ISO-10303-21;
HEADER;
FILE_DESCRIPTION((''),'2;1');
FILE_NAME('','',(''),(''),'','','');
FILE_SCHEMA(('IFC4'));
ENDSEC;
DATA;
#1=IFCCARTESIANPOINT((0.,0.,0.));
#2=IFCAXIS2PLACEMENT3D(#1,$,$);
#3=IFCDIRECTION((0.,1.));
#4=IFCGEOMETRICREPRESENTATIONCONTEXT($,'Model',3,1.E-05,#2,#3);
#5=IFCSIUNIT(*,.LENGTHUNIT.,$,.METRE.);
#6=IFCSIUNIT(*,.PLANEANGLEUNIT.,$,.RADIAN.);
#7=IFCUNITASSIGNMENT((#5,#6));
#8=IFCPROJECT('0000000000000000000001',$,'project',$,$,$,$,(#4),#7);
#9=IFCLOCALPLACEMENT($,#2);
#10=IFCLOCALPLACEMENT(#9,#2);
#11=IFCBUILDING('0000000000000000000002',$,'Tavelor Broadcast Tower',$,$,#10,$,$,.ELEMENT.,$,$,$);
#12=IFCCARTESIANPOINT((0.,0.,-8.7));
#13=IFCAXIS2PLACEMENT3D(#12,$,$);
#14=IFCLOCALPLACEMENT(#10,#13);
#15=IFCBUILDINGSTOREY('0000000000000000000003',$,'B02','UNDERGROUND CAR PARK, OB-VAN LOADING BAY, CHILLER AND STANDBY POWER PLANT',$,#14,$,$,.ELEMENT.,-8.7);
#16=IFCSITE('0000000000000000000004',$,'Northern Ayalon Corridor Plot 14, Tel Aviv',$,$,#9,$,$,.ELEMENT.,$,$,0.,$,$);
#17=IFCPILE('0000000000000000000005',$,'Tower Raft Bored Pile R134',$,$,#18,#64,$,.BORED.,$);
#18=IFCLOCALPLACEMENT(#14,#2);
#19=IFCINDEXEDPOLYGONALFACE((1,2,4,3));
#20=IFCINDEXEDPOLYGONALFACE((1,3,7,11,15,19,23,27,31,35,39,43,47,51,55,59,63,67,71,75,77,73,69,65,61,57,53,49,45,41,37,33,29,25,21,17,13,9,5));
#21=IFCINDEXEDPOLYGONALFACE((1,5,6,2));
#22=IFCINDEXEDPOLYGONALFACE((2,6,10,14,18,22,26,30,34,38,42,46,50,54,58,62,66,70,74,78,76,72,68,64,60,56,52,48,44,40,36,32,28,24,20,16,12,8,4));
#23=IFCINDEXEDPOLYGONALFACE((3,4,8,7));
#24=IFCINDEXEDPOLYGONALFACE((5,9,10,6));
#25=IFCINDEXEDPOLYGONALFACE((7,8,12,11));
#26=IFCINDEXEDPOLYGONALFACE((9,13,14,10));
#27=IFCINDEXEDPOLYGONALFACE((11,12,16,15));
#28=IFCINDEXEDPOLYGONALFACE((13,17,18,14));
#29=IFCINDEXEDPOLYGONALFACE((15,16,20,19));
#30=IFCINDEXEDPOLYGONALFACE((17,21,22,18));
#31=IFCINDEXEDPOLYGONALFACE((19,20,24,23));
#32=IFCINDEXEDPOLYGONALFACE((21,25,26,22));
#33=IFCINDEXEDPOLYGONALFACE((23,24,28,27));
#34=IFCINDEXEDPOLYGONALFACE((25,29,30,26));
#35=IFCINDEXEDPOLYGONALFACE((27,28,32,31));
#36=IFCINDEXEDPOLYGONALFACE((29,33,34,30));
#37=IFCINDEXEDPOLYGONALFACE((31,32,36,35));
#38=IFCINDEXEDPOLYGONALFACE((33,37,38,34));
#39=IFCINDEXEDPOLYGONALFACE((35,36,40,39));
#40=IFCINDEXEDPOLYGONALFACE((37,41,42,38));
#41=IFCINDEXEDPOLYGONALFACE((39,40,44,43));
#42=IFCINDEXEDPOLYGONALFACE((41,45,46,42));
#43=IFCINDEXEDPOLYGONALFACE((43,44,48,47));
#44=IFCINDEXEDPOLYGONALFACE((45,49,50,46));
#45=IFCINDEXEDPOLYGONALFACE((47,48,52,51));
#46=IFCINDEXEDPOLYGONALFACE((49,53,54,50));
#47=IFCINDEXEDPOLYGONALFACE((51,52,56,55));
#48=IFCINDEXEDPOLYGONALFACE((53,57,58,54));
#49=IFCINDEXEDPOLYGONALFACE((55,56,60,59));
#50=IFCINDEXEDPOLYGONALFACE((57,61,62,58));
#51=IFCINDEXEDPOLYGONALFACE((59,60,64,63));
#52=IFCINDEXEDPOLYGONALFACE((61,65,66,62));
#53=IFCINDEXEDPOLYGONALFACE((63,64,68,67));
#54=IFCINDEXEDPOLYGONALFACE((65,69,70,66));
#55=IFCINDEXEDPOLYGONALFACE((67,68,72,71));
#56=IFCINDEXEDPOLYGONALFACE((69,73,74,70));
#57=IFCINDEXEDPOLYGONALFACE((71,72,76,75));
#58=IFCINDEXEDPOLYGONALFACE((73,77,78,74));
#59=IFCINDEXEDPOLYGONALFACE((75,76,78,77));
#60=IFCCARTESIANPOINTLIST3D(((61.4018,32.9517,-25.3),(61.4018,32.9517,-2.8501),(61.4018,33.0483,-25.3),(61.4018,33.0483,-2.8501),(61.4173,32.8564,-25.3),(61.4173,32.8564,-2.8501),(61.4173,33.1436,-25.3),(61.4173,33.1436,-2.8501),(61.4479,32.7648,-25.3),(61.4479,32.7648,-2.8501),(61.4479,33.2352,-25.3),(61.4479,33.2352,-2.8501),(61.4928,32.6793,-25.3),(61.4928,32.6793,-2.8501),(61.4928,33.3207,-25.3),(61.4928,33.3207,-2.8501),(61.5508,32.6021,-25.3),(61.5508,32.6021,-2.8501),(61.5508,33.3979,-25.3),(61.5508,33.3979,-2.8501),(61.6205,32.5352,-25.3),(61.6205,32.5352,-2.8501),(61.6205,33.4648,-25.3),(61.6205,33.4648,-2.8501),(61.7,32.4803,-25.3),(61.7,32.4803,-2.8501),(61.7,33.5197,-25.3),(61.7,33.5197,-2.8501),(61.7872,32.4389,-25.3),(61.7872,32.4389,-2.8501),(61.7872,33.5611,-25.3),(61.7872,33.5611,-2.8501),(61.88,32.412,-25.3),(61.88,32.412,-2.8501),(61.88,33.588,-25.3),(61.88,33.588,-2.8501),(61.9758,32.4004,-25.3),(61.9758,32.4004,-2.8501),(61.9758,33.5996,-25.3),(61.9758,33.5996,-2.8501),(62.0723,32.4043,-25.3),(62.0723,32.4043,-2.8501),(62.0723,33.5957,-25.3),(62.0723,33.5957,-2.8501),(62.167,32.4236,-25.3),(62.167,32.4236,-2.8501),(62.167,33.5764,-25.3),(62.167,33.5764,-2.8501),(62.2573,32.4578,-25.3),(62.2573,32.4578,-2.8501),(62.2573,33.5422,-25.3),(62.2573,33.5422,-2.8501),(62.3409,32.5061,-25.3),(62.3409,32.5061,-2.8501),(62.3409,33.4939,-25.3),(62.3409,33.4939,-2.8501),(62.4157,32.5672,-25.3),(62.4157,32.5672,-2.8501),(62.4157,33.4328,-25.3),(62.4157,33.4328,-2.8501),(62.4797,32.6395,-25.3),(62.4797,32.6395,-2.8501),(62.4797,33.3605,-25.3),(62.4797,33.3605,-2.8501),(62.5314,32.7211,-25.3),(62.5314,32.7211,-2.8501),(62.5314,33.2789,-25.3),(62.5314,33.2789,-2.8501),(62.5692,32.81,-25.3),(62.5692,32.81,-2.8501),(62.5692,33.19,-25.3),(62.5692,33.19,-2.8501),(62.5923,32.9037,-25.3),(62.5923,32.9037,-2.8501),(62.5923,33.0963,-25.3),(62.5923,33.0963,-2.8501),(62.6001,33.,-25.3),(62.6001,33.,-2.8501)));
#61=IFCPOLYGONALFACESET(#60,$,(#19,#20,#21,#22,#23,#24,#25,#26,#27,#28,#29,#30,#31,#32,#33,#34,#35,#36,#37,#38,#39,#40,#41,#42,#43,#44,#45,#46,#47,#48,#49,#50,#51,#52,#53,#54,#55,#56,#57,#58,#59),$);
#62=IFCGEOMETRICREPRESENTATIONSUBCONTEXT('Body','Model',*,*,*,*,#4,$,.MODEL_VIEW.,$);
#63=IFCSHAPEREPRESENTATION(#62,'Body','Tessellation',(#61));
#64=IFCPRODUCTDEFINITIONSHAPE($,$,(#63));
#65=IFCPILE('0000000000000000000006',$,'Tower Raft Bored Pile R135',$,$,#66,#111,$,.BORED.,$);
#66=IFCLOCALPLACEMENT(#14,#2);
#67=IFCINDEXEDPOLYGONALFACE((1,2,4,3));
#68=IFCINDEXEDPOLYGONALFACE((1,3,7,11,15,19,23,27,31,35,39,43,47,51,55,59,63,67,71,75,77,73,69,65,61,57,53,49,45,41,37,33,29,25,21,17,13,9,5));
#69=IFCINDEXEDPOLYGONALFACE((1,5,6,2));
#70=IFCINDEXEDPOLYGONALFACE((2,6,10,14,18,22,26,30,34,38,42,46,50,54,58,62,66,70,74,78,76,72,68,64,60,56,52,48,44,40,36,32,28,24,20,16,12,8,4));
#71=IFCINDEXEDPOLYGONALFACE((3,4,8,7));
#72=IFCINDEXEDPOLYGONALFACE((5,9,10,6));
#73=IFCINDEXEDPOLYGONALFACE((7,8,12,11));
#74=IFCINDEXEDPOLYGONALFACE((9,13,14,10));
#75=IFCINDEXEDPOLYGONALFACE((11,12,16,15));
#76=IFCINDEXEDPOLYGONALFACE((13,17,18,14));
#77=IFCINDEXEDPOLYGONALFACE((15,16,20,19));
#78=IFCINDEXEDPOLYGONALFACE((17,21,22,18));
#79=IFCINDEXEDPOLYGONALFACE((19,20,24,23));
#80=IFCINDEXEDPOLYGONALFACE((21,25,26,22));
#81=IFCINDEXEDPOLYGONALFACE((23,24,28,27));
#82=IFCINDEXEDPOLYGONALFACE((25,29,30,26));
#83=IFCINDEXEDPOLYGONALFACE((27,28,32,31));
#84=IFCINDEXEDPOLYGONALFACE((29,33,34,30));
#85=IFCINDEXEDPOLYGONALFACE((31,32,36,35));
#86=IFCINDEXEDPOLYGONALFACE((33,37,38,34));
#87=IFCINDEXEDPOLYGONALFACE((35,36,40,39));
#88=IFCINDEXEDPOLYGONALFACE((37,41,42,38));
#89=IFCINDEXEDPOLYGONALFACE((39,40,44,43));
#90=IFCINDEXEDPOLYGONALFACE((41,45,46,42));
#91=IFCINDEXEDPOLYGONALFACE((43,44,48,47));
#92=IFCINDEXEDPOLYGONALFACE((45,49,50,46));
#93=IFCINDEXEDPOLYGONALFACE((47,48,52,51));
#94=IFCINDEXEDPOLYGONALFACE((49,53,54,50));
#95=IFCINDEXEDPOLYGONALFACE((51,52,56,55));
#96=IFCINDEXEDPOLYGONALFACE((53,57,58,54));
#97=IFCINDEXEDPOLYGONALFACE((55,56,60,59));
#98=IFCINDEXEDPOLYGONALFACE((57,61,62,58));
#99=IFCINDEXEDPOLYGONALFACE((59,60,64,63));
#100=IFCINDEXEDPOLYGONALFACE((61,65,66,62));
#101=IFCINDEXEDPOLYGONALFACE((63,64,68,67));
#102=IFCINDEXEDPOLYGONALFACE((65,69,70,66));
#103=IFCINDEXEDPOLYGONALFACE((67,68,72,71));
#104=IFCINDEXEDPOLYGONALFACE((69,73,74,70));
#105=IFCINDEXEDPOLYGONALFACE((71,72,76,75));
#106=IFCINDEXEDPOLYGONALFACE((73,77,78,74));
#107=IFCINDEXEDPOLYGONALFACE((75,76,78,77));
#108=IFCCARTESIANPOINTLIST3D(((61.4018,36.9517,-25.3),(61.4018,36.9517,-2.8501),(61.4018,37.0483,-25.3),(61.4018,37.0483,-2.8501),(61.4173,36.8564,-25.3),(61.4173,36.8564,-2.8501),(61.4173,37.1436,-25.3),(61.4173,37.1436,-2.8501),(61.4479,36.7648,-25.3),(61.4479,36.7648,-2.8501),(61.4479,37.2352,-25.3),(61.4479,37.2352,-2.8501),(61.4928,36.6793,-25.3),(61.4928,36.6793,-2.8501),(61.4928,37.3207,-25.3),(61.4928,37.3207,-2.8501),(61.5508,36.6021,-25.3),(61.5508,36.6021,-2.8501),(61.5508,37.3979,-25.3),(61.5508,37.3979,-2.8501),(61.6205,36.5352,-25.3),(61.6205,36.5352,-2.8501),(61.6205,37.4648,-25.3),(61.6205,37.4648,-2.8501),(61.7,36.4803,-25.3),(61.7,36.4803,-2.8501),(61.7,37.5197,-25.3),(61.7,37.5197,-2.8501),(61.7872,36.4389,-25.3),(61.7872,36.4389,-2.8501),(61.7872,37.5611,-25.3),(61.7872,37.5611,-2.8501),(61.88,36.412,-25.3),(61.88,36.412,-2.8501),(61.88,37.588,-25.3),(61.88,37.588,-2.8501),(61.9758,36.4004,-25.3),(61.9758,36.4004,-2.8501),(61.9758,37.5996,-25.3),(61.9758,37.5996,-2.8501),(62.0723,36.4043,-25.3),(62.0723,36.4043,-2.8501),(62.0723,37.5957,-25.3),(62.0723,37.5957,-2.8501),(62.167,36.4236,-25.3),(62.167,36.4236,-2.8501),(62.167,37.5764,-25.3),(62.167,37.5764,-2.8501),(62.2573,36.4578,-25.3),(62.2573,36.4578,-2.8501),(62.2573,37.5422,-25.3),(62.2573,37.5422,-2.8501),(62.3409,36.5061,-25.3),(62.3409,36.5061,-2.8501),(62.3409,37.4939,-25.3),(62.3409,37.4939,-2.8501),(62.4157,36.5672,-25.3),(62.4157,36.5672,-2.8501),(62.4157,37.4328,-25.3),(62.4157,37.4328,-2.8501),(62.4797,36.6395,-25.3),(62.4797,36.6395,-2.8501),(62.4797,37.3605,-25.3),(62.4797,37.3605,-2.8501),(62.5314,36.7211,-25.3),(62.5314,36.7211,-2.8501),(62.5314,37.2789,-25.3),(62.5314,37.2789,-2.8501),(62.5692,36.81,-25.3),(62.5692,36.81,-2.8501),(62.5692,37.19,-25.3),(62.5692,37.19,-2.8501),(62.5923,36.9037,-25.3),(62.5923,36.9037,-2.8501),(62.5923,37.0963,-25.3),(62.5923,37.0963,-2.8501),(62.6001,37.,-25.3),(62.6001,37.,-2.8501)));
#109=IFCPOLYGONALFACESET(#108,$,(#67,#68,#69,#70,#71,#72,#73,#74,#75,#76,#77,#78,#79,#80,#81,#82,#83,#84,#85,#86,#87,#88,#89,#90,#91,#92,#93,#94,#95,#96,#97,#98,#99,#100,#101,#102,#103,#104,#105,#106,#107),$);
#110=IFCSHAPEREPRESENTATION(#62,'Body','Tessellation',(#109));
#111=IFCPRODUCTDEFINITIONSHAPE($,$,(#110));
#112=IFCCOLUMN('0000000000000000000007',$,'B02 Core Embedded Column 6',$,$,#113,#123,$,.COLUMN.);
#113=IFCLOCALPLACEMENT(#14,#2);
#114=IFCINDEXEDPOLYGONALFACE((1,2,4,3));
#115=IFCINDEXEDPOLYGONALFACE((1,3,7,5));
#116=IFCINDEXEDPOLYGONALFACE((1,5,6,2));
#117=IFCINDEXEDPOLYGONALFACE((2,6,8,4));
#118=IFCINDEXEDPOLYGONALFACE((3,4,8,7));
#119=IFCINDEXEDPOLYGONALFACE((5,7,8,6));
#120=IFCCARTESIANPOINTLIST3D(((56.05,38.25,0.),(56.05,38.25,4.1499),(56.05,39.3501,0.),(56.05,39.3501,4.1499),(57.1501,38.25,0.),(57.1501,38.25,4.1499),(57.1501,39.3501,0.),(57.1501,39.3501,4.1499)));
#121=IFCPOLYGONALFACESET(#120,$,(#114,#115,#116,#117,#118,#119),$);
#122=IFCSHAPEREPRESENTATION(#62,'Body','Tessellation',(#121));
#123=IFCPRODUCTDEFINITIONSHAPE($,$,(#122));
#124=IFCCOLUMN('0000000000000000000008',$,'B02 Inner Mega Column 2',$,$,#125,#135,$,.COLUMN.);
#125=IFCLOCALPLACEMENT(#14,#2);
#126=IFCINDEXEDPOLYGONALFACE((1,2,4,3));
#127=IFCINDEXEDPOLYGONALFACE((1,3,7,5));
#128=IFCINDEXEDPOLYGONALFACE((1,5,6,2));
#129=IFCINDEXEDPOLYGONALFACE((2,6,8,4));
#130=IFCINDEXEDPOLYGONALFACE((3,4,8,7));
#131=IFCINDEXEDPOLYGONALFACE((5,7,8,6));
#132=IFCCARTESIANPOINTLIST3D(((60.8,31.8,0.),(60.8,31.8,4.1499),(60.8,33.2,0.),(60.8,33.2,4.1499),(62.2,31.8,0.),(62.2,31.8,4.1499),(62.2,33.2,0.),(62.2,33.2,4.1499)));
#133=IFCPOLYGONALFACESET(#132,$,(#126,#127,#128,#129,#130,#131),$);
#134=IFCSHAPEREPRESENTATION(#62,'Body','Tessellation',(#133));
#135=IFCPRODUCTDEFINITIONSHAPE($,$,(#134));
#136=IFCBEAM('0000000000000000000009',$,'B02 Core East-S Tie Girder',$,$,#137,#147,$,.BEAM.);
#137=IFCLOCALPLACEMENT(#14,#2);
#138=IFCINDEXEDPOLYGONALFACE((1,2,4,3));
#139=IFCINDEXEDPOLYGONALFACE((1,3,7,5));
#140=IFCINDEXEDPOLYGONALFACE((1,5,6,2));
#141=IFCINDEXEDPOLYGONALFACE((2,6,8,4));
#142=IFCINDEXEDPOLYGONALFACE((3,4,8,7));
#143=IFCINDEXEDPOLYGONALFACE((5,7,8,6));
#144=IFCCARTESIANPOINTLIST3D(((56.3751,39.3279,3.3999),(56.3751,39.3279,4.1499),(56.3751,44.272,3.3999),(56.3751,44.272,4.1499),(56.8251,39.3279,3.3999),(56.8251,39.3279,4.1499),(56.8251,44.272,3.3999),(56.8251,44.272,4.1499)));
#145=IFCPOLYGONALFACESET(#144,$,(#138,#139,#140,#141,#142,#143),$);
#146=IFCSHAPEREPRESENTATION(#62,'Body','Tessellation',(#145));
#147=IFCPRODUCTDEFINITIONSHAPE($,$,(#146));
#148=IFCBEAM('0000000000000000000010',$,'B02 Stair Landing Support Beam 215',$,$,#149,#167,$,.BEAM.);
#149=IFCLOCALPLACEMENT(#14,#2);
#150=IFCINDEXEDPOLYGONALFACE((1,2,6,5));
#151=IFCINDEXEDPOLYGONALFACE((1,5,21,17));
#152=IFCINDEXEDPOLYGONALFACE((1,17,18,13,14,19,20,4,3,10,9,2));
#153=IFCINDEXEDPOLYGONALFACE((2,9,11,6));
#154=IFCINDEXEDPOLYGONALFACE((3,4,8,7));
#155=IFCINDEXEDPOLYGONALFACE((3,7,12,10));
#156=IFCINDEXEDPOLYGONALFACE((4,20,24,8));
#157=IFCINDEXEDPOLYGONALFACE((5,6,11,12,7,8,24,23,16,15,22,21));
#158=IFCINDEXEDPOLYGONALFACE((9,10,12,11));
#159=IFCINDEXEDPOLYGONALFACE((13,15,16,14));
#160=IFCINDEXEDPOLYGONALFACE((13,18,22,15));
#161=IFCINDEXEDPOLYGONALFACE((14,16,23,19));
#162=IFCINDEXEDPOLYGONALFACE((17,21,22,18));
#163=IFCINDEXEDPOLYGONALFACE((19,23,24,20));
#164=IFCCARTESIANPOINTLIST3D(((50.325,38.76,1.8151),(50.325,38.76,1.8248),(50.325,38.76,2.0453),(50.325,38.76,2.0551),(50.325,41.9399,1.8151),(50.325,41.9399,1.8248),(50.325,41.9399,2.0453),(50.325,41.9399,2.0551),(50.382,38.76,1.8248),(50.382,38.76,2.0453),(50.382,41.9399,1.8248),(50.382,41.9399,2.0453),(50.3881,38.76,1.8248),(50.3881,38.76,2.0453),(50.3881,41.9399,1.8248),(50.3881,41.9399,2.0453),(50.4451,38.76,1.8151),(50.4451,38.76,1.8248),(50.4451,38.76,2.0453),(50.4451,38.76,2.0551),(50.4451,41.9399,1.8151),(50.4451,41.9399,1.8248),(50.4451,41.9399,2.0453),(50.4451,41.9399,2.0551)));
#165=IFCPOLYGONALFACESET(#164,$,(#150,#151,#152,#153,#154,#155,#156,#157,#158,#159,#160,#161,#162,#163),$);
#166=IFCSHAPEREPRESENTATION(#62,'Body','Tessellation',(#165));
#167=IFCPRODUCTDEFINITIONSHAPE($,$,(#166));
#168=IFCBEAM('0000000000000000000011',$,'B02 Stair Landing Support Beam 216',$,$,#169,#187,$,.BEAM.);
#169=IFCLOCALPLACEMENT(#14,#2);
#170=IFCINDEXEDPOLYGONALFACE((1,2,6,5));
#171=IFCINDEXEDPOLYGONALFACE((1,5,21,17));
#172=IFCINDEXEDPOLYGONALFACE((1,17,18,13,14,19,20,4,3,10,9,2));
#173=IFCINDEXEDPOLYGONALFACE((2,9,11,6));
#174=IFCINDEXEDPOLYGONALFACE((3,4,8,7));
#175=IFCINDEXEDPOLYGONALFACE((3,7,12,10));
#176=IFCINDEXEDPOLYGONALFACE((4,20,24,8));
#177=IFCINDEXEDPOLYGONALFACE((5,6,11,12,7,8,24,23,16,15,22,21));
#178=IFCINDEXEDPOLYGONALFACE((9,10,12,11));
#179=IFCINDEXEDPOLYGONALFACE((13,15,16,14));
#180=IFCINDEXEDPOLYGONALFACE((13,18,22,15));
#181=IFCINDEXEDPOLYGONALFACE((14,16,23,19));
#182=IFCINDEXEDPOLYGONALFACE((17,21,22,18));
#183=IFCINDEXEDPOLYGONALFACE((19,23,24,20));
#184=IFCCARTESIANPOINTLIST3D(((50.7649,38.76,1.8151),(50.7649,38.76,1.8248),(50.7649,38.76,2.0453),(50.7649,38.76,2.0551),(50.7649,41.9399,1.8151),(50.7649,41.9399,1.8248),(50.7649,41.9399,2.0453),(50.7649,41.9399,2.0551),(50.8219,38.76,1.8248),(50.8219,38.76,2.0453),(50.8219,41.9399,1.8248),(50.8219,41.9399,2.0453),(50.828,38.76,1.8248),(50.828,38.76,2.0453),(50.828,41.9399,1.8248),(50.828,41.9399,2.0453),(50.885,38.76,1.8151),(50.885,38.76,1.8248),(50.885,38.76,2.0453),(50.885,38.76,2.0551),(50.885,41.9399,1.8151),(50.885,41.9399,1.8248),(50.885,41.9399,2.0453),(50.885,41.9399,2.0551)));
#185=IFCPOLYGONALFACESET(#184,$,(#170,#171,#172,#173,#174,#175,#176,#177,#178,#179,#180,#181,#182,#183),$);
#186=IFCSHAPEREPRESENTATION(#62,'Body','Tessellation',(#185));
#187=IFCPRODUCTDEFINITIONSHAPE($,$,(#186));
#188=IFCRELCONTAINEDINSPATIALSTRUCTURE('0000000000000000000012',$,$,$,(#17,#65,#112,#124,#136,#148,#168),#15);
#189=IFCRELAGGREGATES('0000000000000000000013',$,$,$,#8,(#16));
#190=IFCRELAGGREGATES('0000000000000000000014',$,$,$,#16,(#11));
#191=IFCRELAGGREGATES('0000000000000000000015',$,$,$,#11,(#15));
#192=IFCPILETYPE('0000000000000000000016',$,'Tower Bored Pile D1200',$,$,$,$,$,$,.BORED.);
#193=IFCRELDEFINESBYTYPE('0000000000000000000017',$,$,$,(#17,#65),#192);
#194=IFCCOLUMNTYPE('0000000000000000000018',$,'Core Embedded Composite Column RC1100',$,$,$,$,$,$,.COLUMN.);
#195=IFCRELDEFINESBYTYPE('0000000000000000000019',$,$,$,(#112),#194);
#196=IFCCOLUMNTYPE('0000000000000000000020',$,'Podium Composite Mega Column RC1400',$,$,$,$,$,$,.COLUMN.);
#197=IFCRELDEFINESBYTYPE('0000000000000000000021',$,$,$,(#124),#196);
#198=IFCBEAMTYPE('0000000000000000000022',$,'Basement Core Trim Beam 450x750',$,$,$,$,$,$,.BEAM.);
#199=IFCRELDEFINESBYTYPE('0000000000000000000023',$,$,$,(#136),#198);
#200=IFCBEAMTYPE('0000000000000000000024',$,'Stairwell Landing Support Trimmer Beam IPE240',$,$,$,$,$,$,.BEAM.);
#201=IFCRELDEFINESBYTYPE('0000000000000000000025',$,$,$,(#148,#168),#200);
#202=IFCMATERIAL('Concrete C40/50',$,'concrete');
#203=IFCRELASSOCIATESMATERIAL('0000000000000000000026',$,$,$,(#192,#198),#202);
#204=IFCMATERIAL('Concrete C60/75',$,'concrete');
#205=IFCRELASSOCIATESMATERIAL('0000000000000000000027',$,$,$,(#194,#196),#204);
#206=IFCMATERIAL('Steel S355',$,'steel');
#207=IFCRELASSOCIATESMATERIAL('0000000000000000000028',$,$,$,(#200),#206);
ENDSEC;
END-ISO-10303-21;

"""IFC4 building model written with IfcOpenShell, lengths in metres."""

from ifc_helpers import new_model, si_unit, direction, frame, origin, origin_2d, place, context, subcontext, project, spatial, rectangle, circle, i_section, extrude, material, material_profile, profile_set, type_object, element, save


model = new_model("IFC4")

# Units and contexts
model_context = context("Model", 3, precision=1e-05, world=origin(), true_north=direction((0.0, 1.0)))
body_context = subcontext(model_context, "Body", "Model", "MODEL_VIEW")
ifc_project = project(units=[si_unit("LENGTHUNIT", "METRE"), si_unit("PLANEANGLEUNIT", "RADIAN")], contexts=[model_context])

# Site, building, storey
site_placement = place(None, origin())
site = spatial("IfcSite", under=ifc_project, at=site_placement, Name="Northern Ayalon Corridor Plot 14, Tel Aviv", CompositionType="ELEMENT", RefElevation=0.0)
building_placement = place(site_placement, origin())
building = spatial("IfcBuilding", under=site, at=building_placement, Name="Tavelor Broadcast Tower", CompositionType="ELEMENT")
storey_placement = place(building_placement, frame((0.0, 0.0, -8.7)))
storey = spatial("IfcBuildingStorey", under=building, at=storey_placement, Name="B02", Description="UNDERGROUND CAR PARK, OB-VAN LOADING BAY, CHILLER AND STANDBY POWER PLANT", CompositionType="ELEMENT", Elevation=-8.7)

# Piles
ifc_material_1 = material(Name="Concrete C40/50", Category="concrete")
ifc_material_profile_1 = material_profile(ifc_material_1, circle(Radius=0.6001, at=origin_2d()), Name="PILE D1200")
ifc_profile_set_1 = profile_set([ifc_material_profile_1], Name="Concrete C40/50")
pile_type = type_object("IfcPileType", Name="Tower Bored Pile D1200", PredefinedType="BORED", material=ifc_profile_set_1)
for number, where, z_axis, x_axis, name in (
    (1, (62.0, 33.0, -2.8501), (0.0, 0.0, -1.0), (1.0, 0.0, 0.0), "Tower Raft Bored Pile R134"),
    (2, (62.0, 37.0, -2.8501), (0.0, 0.0, -1.0), (1.0, 0.0, 0.0), "Tower Raft Bored Pile R135"),
):
    element("IfcPile", number, at=place(storey_placement, frame(where, z_axis=z_axis, x_axis=x_axis)), inside=storey, type_object=pile_type, Name=name, PredefinedType="BORED", context=body_context, shape_type="SweptSolid", body=[
        extrude(circle(Radius=0.6001, at=origin_2d()), origin(), (0.0, 0.0, 1.0), 22.45),
    ])

# Columns
ifc_material_2 = material(Name="Concrete C60/75", Category="concrete")
ifc_material_profile_2 = material_profile(ifc_material_2, rectangle(XDim=1.1001, YDim=1.1001, at=origin_2d()), Name="RC 1100x1100")
ifc_profile_set_2 = profile_set([ifc_material_profile_2], Name="Concrete C60/75")
column_type_1 = type_object("IfcColumnType", Name="Core Embedded Composite Column RC1100", PredefinedType="COLUMN", material=ifc_profile_set_2)
column_1_placement = place(storey_placement, frame((56.6001, 38.8, 0.0), z_axis=(0.0, 0.0, 1.0), x_axis=(1.0, 0.0, 0.0)))
element("IfcColumn", 3, at=column_1_placement, inside=storey, type_object=column_type_1, Name="B02 Core Embedded Column 6", PredefinedType="COLUMN", context=body_context, shape_type="SweptSolid", body=[
    extrude(rectangle(XDim=1.1001, YDim=1.1001, at=origin_2d()), origin(), (0.0, 0.0, 1.0), 4.1499),
])
ifc_material_profile_3 = material_profile(ifc_material_2, rectangle(XDim=1.3999, YDim=1.3999, at=origin_2d()), Name="RC 1400x1400")
ifc_profile_set_3 = profile_set([ifc_material_profile_3], Name="Concrete C60/75")
column_type_2 = type_object("IfcColumnType", Name="Podium Composite Mega Column RC1400", PredefinedType="COLUMN", material=ifc_profile_set_3)
column_2_placement = place(storey_placement, frame((61.5, 32.5, 0.0), z_axis=(0.0, 0.0, 1.0), x_axis=(1.0, 0.0, 0.0)))
element("IfcColumn", 4, at=column_2_placement, inside=storey, type_object=column_type_2, Name="B02 Inner Mega Column 2", PredefinedType="COLUMN", context=body_context, shape_type="SweptSolid", body=[
    extrude(rectangle(XDim=1.3999, YDim=1.3999, at=origin_2d()), origin(), (0.0, 0.0, 1.0), 4.1499),
])

# Beams
ifc_material_profile_4 = material_profile(ifc_material_1, rectangle(XDim=0.45, YDim=0.75, at=origin_2d()), Name="RC 450x750")
ifc_profile_set_4 = profile_set([ifc_material_profile_4], Name="Concrete C40/50")
beam_type_1 = type_object("IfcBeamType", Name="Basement Core Trim Beam 450x750", PredefinedType="BEAM", material=ifc_profile_set_4)
beam_placement = place(storey_placement, frame((56.6001, 39.3279, 3.7749), z_axis=(0.0, 1.0, 0.0), x_axis=(-1.0, 0.0, 0.0)))
element("IfcBeam", 5, at=beam_placement, inside=storey, type_object=beam_type_1, Name="B02 Core East-S Tie Girder", PredefinedType="BEAM", context=body_context, shape_type="SweptSolid", body=[
    extrude(rectangle(XDim=0.45, YDim=0.75, at=origin_2d()), origin(), (0.0, 0.0, 1.0), 4.9441),
])
ifc_material_3 = material(Name="Steel S355", Category="steel")
ifc_material_profile_5 = material_profile(ifc_material_3, i_section(OverallWidth=0.1201, OverallDepth=0.24, WebThickness=0.0061, FlangeThickness=0.0098, at=origin_2d()), Name="IPE 240")
ifc_profile_set_5 = profile_set([ifc_material_profile_5], Name="Steel S355")
beam_type_2 = type_object("IfcBeamType", Name="Stairwell Landing Support Trimmer Beam IPE240", PredefinedType="BEAM", material=ifc_profile_set_5)
for number, where, z_axis, x_axis, name in (
    (6, (50.385, 38.76, 1.9351), (0.0, 1.0, 0.0), (-1.0, 0.0, 0.0), "B02 Stair Landing Support Beam 215"),
    (7, (50.825, 38.76, 1.9351), (0.0, 1.0, 0.0), (-1.0, 0.0, 0.0), "B02 Stair Landing Support Beam 216"),
):
    element("IfcBeam", number, at=place(storey_placement, frame(where, z_axis=z_axis, x_axis=x_axis)), inside=storey, type_object=beam_type_2, Name=name, PredefinedType="BEAM", context=body_context, shape_type="SweptSolid", body=[
        extrude(i_section(OverallWidth=0.1201, OverallDepth=0.24, WebThickness=0.0061, FlangeThickness=0.0098, at=origin_2d()), origin(), (0.0, 0.0, 1.0), 3.1799),
    ])

save(model, "model.ifc")
